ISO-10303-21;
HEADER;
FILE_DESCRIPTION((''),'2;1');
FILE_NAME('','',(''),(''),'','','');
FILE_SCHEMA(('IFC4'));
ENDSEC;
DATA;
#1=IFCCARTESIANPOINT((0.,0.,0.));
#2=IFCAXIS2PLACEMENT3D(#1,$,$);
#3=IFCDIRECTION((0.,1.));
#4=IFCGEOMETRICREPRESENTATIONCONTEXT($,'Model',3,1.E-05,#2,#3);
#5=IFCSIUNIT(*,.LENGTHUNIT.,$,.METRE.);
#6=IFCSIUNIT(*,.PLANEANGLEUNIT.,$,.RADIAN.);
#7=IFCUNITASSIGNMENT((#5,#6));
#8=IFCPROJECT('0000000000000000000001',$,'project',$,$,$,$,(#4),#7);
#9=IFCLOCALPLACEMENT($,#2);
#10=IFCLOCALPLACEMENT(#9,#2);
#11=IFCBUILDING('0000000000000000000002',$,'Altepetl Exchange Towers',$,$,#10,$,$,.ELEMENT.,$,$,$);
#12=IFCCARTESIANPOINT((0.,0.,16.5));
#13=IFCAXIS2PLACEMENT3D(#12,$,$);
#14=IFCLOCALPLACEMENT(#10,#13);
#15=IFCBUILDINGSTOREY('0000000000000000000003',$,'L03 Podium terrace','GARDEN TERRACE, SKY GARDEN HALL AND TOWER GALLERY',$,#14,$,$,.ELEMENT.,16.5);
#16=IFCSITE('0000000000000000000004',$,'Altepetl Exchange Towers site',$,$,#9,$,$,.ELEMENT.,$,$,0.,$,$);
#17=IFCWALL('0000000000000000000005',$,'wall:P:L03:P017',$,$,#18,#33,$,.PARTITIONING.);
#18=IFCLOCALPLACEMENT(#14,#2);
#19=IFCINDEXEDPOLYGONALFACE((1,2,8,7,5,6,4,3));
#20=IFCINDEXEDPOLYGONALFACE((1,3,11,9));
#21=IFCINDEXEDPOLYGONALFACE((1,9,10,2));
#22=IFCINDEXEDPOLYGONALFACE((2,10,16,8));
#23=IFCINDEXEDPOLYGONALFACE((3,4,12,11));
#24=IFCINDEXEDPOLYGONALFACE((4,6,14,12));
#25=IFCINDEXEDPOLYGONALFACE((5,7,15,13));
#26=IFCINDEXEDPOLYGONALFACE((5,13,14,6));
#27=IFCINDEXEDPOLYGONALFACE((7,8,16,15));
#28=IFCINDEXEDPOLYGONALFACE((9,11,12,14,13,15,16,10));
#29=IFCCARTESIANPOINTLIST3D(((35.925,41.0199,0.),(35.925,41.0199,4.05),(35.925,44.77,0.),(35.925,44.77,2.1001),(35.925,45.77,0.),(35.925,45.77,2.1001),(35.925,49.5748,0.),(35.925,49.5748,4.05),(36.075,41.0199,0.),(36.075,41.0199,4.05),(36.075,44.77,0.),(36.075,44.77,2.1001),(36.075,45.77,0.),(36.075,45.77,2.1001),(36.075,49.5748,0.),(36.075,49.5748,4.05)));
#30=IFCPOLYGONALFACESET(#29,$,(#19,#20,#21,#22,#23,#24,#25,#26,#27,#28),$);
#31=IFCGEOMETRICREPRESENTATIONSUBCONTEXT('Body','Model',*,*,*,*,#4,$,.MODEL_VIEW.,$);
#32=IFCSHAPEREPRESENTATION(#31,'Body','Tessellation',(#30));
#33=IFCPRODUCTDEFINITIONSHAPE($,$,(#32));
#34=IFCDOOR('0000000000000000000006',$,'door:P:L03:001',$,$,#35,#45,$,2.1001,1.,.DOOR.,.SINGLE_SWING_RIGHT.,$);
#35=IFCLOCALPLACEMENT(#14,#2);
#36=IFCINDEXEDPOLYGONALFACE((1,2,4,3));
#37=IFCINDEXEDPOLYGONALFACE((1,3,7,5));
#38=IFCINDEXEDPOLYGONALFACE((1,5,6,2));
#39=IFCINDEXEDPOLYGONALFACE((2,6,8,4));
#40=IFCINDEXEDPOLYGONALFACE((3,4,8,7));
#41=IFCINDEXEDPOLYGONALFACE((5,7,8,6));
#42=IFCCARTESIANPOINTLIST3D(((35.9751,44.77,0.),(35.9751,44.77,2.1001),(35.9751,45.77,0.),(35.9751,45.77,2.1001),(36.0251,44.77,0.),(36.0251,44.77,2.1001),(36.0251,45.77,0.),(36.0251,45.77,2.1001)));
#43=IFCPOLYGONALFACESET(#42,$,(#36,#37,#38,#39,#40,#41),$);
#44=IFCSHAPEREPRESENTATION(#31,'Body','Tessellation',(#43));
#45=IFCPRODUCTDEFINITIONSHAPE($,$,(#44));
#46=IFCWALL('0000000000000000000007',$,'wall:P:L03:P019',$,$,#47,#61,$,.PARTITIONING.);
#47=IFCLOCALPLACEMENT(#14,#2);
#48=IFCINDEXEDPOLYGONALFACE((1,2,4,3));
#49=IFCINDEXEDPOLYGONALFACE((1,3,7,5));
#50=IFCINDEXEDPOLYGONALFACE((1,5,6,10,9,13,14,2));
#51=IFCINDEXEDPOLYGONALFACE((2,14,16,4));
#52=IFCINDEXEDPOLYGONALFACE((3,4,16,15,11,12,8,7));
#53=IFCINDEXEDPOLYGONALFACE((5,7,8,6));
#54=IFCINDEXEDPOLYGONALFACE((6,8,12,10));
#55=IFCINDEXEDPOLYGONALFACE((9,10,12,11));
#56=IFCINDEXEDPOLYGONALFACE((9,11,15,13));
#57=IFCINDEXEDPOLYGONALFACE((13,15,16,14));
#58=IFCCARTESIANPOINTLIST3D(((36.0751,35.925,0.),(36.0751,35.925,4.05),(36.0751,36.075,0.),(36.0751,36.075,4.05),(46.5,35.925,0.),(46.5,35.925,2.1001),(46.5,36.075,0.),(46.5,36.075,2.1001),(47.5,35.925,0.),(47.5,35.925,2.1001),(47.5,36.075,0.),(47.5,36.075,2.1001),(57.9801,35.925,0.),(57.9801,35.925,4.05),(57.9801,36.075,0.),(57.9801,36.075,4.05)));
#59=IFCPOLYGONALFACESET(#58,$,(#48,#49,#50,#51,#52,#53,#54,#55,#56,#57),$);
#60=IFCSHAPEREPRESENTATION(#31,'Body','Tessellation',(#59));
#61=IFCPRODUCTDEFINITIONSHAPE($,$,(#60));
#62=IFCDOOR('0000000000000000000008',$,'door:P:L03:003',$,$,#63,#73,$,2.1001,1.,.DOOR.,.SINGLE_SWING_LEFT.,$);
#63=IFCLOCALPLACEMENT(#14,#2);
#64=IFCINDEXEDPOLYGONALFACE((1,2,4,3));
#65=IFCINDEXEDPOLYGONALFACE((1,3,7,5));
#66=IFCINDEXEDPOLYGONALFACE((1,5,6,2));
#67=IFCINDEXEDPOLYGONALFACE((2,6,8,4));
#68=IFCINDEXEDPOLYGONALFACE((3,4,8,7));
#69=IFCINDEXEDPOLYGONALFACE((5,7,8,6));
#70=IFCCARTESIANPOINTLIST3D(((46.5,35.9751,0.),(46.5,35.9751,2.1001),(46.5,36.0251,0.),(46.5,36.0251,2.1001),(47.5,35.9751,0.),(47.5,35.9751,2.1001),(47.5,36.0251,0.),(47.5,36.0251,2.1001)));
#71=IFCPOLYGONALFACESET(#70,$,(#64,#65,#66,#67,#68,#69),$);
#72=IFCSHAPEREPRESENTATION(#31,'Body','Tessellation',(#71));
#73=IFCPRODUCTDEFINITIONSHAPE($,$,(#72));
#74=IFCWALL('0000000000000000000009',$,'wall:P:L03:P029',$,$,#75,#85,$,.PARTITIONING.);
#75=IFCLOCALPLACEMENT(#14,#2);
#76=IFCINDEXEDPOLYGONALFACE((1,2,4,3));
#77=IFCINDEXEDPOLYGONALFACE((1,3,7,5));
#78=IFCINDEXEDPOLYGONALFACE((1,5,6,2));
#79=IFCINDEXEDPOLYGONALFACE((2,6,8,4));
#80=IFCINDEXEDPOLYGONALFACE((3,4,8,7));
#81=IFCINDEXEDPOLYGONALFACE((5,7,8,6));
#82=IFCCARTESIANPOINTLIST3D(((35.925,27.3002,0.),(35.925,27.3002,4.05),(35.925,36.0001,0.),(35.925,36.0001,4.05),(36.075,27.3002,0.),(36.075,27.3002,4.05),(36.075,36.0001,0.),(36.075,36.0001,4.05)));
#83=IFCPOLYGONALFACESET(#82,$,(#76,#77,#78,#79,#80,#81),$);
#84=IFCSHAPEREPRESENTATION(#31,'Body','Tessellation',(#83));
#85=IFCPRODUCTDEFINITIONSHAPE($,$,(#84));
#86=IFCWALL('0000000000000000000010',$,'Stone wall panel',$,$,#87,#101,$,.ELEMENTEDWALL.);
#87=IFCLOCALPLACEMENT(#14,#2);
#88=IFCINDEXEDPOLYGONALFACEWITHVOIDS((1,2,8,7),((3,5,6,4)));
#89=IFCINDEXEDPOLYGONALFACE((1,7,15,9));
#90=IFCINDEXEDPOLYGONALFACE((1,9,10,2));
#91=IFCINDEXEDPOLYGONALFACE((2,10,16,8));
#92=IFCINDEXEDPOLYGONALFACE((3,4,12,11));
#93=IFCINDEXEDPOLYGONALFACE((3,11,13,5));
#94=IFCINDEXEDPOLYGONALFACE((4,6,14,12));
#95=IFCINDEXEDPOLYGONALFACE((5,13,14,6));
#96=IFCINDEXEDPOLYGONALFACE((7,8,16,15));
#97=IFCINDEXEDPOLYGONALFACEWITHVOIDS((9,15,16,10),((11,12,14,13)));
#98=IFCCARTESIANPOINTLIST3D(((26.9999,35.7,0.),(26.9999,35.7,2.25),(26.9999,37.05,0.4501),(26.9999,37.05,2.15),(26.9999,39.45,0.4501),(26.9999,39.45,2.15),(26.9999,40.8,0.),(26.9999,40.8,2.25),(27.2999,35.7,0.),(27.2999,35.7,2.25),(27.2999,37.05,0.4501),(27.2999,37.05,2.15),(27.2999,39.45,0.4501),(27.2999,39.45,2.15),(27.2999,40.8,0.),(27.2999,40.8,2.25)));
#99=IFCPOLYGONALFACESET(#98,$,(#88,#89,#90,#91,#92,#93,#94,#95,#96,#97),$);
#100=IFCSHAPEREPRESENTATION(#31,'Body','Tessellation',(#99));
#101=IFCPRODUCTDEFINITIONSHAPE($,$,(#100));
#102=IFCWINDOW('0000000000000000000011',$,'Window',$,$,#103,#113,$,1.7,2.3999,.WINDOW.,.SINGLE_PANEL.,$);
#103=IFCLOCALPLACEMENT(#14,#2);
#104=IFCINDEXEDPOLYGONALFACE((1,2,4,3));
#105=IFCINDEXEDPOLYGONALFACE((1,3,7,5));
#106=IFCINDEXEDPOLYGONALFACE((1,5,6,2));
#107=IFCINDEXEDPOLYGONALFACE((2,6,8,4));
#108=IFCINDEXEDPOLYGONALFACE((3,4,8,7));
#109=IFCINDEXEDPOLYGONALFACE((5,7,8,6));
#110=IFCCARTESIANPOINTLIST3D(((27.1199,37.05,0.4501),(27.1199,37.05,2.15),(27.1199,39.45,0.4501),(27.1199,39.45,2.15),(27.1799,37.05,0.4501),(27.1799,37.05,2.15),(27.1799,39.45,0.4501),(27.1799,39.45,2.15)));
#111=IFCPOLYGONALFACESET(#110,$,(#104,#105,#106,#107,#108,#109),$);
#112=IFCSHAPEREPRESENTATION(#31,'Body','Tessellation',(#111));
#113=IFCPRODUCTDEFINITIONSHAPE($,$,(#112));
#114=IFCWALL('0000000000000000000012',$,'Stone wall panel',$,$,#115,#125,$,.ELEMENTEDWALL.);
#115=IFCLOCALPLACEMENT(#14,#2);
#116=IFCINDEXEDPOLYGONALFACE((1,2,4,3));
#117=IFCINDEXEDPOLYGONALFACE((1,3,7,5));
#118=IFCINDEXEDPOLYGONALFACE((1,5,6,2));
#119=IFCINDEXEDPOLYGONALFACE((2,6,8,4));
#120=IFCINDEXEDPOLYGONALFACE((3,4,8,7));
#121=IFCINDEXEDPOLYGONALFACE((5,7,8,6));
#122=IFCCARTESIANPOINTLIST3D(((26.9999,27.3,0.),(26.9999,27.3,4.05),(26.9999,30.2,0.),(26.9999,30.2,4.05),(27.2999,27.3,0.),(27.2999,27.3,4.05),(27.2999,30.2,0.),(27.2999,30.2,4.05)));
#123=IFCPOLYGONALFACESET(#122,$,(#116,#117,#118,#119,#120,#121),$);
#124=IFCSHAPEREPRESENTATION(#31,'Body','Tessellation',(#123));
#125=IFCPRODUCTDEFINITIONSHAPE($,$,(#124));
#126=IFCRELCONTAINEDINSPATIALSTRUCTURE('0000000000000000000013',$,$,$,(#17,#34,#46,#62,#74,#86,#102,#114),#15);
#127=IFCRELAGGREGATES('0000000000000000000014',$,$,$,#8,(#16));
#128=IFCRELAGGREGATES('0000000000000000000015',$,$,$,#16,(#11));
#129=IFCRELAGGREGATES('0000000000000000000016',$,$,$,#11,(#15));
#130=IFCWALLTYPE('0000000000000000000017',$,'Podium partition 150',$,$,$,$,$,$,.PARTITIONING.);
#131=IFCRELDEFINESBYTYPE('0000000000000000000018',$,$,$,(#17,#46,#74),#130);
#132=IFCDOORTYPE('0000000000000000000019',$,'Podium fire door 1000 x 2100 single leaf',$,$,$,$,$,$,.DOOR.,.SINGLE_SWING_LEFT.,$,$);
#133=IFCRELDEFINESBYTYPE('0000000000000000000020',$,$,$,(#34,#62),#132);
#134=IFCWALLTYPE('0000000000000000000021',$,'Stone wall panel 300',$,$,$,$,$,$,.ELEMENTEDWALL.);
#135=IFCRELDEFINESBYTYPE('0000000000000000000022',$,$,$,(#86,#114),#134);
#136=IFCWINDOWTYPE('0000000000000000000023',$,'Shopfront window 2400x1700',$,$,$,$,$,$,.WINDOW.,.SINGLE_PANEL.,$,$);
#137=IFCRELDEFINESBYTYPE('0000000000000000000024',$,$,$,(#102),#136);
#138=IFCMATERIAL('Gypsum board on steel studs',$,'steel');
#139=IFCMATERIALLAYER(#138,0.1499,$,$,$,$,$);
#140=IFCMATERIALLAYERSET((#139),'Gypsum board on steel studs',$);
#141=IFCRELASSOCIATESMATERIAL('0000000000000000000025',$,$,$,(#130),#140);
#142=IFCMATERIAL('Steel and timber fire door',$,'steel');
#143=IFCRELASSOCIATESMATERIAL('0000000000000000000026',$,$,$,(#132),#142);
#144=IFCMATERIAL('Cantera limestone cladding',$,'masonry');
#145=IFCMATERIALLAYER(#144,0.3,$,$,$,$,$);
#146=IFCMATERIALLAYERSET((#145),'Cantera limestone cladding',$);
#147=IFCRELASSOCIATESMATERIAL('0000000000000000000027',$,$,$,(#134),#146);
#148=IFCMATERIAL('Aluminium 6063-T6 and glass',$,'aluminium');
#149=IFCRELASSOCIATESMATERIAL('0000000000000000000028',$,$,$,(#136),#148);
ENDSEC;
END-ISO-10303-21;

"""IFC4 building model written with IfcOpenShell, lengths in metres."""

from ifc_helpers import new_model, si_unit, direction, frame, frame_2d, origin, place, context, subcontext, project, spatial, rectangle, extrude, material, layer, layer_set, type_object, element, fill, save


model = new_model("IFC4")

# Units and contexts
model_context = context("Model", 3, precision=1e-05, world=origin(), true_north=direction((0.0, 1.0)))
body_context = subcontext(model_context, "Body", "Model", "MODEL_VIEW")
ifc_project = project(units=[si_unit("LENGTHUNIT", "METRE"), si_unit("PLANEANGLEUNIT", "RADIAN")], contexts=[model_context])

# Site, building, storey
site_placement = place(None, origin())
site = spatial("IfcSite", under=ifc_project, at=site_placement, Name="Altepetl Exchange Towers site", CompositionType="ELEMENT", RefElevation=0.0)
building_placement = place(site_placement, origin())
building = spatial("IfcBuilding", under=site, at=building_placement, Name="Altepetl Exchange Towers", CompositionType="ELEMENT")
storey_placement = place(building_placement, frame((0.0, 0.0, 16.5)))
storey = spatial("IfcBuildingStorey", under=building, at=storey_placement, Name="L03 Podium terrace", Description="GARDEN TERRACE, SKY GARDEN HALL AND TOWER GALLERY", CompositionType="ELEMENT", Elevation=16.5)

# Shared definitions
ifc_material_1 = material(Name="Aluminium 6063-T6 and glass", Category="aluminium")

# Shared definitions
ifc_material_2 = material(Name="Gypsum board on steel studs", Category="steel")
ifc_layer_1 = layer(ifc_material_2, 0.1499)
ifc_layer_set_1 = layer_set([ifc_layer_1], Name="Gypsum board on steel studs")
wall_type_1 = type_object("IfcWallType", Name="Podium partition 150", PredefinedType="PARTITIONING", material=ifc_layer_set_1)

# Walls, openings, doors
wall_1_placement = place(storey_placement, frame((36.0, 41.02, 0.0), z_axis=(0.0, 0.0, 1.0), x_axis=(0.0, 1.0, 0.0)))
wall_1 = element("IfcWall", 1, at=wall_1_placement, inside=storey, type_object=wall_type_1, Name="wall:P:L03:P017", PredefinedType="PARTITIONING", context=body_context, shape_type="SweptSolid", body=[
    extrude(rectangle(XDim=8.5549, YDim=0.1499, at=frame_2d((4.2773, 0.0))), origin(), (0.0, 0.0, 1.0), 4.05),
])
opening_1_placement = place(wall_1_placement, frame((3.75, 0.0, 0.0)))
opening_1 = element("IfcOpeningElement", 2, at=opening_1_placement, cuts=wall_1, PredefinedType="OPENING", context=body_context, shape_type="SweptSolid", body=[
    extrude(rectangle(XDim=1.0, YDim=2.1001, at=frame_2d((0.5, 1.05))), frame((0.0, 0.085, 0.0), z_axis=(0.0, -1.0, 0.0), x_axis=(1.0, 0.0, 0.0)), (0.0, 0.0, 1.0), 0.1699),
])
ifc_material_3 = material(Name="Steel and timber fire door", Category="steel")
door_type_1 = type_object("IfcDoorType", Name="Podium fire door 1000 x 2100 single leaf", OperationType="SINGLE_SWING_LEFT", PredefinedType="DOOR", material=ifc_material_3)
door_1_placement = place(opening_1_placement, origin())
door_1 = element("IfcDoor", 3, at=door_1_placement, inside=storey, type_object=door_type_1, Name="door:P:L03:001", OperationType="SINGLE_SWING_RIGHT", OverallHeight=2.1001, OverallWidth=1.0, PredefinedType="DOOR", context=body_context, shape_type="SweptSolid", body=[
    extrude(rectangle(XDim=1.0, YDim=2.1001, at=frame_2d((0.5, 1.05))), frame((0.0, 0.0249, 0.0), z_axis=(0.0, -1.0, 0.0), x_axis=(1.0, 0.0, 0.0)), (0.0, 0.0, 1.0), 0.05),
])
fill(opening_1, door_1)
wall_2_placement = place(storey_placement, frame((36.075, 36.0, 0.0)))
wall_2 = element("IfcWall", 4, at=wall_2_placement, inside=storey, type_object=wall_type_1, Name="wall:P:L03:P019", PredefinedType="PARTITIONING", context=body_context, shape_type="SweptSolid", body=[
    extrude(rectangle(XDim=21.905, YDim=0.1499, at=frame_2d((10.9526, 0.0))), origin(), (0.0, 0.0, 1.0), 4.05),
])
opening_2_placement = place(wall_2_placement, frame((10.425, 0.0, 0.0)))
opening_2 = element("IfcOpeningElement", 5, at=opening_2_placement, cuts=wall_2, PredefinedType="OPENING", context=body_context, shape_type="SweptSolid", body=[
    extrude(rectangle(XDim=1.0, YDim=2.1001, at=frame_2d((0.5, 1.05))), frame((0.0, 0.085, 0.0), z_axis=(0.0, -1.0, 0.0), x_axis=(1.0, 0.0, 0.0)), (0.0, 0.0, 1.0), 0.1699),
])
door_2_placement = place(opening_2_placement, frame((1.0, 0.0, 0.0), x_axis=(-1.0, 0.0, 0.0)))
door_2 = element("IfcDoor", 6, at=door_2_placement, inside=storey, type_object=door_type_1, Name="door:P:L03:003", OperationType="SINGLE_SWING_LEFT", OverallHeight=2.1001, OverallWidth=1.0, PredefinedType="DOOR", context=body_context, shape_type="SweptSolid", body=[
    extrude(rectangle(XDim=1.0, YDim=2.1001, at=frame_2d((0.5, 1.05))), frame((0.0, 0.0249, 0.0), z_axis=(0.0, -1.0, 0.0), x_axis=(1.0, 0.0, 0.0)), (0.0, 0.0, 1.0), 0.05),
])
fill(opening_2, door_2)

# Wall
wall_3_placement = place(storey_placement, frame((36.0, 27.3, 0.0), z_axis=(0.0, 0.0, 1.0), x_axis=(0.0, 1.0, 0.0)))
element("IfcWall", 7, at=wall_3_placement, inside=storey, type_object=wall_type_1, Name="wall:P:L03:P029", PredefinedType="PARTITIONING", context=body_context, shape_type="SweptSolid", body=[
    extrude(rectangle(XDim=8.7, YDim=0.1499, at=frame_2d((4.3501, 0.0))), origin(), (0.0, 0.0, 1.0), 4.05),
])

# Wall, opening, window
ifc_material_4 = material(Name="Cantera limestone cladding", Category="masonry")
ifc_layer_2 = layer(ifc_material_4, 0.3)
ifc_layer_set_2 = layer_set([ifc_layer_2], Name="Cantera limestone cladding")
wall_type_2 = type_object("IfcWallType", Name="Stone wall panel 300", PredefinedType="ELEMENTEDWALL", material=ifc_layer_set_2)
wall_4_placement = place(storey_placement, frame((27.1499, 40.8, 0.0), z_axis=(0.0, 0.0, 1.0), x_axis=(0.0, -1.0, 0.0)))
wall_4 = element("IfcWall", 8, at=wall_4_placement, inside=storey, type_object=wall_type_2, Name="Stone wall panel", PredefinedType="ELEMENTEDWALL", context=body_context, shape_type="SweptSolid", body=[
    extrude(rectangle(XDim=5.1001, YDim=0.3, at=frame_2d((2.55, 0.0))), origin(), (0.0, 0.0, 1.0), 2.25),
])
opening_3_placement = place(wall_4_placement, frame((1.3501, 0.0, 0.45)))
opening_3 = element("IfcOpeningElement", 9, at=opening_3_placement, cuts=wall_4, PredefinedType="OPENING", context=body_context, shape_type="SweptSolid", body=[
    extrude(rectangle(XDim=2.3999, YDim=1.7, at=frame_2d((1.2, 0.8501))), frame((0.0, 0.1602, 0.0), z_axis=(0.0, -1.0, 0.0), x_axis=(1.0, 0.0, 0.0)), (0.0, 0.0, 1.0), 0.3201),
])
window_type = type_object("IfcWindowType", Name="Shopfront window 2400x1700", PartitioningType="SINGLE_PANEL", PredefinedType="WINDOW", material=ifc_material_1)
window_placement = place(opening_3_placement, origin())
window = element("IfcWindow", 10, at=window_placement, inside=storey, type_object=window_type, Name="Window", OverallHeight=1.7, OverallWidth=2.3999, PartitioningType="SINGLE_PANEL", PredefinedType="WINDOW", context=body_context, shape_type="SweptSolid", body=[
    extrude(rectangle(XDim=2.3999, YDim=1.7, at=frame_2d((1.2, 0.8501))), frame((0.0, 0.03, 0.0), z_axis=(0.0, -1.0, 0.0), x_axis=(1.0, 0.0, 0.0)), (0.0, 0.0, 1.0), 0.0601),
])
fill(opening_3, window)

# Wall
wall_5_placement = place(storey_placement, frame((27.1499, 30.2, 0.0), z_axis=(0.0, 0.0, 1.0), x_axis=(0.0, -1.0, 0.0)))
element("IfcWall", 11, at=wall_5_placement, inside=storey, type_object=wall_type_2, Name="Stone wall panel", PredefinedType="ELEMENTEDWALL", context=body_context, shape_type="SweptSolid", body=[
    extrude(rectangle(XDim=2.8999, YDim=0.3, at=frame_2d((1.45, 0.0))), origin(), (0.0, 0.0, 1.0), 4.05),
])

save(model, "model.ifc")
